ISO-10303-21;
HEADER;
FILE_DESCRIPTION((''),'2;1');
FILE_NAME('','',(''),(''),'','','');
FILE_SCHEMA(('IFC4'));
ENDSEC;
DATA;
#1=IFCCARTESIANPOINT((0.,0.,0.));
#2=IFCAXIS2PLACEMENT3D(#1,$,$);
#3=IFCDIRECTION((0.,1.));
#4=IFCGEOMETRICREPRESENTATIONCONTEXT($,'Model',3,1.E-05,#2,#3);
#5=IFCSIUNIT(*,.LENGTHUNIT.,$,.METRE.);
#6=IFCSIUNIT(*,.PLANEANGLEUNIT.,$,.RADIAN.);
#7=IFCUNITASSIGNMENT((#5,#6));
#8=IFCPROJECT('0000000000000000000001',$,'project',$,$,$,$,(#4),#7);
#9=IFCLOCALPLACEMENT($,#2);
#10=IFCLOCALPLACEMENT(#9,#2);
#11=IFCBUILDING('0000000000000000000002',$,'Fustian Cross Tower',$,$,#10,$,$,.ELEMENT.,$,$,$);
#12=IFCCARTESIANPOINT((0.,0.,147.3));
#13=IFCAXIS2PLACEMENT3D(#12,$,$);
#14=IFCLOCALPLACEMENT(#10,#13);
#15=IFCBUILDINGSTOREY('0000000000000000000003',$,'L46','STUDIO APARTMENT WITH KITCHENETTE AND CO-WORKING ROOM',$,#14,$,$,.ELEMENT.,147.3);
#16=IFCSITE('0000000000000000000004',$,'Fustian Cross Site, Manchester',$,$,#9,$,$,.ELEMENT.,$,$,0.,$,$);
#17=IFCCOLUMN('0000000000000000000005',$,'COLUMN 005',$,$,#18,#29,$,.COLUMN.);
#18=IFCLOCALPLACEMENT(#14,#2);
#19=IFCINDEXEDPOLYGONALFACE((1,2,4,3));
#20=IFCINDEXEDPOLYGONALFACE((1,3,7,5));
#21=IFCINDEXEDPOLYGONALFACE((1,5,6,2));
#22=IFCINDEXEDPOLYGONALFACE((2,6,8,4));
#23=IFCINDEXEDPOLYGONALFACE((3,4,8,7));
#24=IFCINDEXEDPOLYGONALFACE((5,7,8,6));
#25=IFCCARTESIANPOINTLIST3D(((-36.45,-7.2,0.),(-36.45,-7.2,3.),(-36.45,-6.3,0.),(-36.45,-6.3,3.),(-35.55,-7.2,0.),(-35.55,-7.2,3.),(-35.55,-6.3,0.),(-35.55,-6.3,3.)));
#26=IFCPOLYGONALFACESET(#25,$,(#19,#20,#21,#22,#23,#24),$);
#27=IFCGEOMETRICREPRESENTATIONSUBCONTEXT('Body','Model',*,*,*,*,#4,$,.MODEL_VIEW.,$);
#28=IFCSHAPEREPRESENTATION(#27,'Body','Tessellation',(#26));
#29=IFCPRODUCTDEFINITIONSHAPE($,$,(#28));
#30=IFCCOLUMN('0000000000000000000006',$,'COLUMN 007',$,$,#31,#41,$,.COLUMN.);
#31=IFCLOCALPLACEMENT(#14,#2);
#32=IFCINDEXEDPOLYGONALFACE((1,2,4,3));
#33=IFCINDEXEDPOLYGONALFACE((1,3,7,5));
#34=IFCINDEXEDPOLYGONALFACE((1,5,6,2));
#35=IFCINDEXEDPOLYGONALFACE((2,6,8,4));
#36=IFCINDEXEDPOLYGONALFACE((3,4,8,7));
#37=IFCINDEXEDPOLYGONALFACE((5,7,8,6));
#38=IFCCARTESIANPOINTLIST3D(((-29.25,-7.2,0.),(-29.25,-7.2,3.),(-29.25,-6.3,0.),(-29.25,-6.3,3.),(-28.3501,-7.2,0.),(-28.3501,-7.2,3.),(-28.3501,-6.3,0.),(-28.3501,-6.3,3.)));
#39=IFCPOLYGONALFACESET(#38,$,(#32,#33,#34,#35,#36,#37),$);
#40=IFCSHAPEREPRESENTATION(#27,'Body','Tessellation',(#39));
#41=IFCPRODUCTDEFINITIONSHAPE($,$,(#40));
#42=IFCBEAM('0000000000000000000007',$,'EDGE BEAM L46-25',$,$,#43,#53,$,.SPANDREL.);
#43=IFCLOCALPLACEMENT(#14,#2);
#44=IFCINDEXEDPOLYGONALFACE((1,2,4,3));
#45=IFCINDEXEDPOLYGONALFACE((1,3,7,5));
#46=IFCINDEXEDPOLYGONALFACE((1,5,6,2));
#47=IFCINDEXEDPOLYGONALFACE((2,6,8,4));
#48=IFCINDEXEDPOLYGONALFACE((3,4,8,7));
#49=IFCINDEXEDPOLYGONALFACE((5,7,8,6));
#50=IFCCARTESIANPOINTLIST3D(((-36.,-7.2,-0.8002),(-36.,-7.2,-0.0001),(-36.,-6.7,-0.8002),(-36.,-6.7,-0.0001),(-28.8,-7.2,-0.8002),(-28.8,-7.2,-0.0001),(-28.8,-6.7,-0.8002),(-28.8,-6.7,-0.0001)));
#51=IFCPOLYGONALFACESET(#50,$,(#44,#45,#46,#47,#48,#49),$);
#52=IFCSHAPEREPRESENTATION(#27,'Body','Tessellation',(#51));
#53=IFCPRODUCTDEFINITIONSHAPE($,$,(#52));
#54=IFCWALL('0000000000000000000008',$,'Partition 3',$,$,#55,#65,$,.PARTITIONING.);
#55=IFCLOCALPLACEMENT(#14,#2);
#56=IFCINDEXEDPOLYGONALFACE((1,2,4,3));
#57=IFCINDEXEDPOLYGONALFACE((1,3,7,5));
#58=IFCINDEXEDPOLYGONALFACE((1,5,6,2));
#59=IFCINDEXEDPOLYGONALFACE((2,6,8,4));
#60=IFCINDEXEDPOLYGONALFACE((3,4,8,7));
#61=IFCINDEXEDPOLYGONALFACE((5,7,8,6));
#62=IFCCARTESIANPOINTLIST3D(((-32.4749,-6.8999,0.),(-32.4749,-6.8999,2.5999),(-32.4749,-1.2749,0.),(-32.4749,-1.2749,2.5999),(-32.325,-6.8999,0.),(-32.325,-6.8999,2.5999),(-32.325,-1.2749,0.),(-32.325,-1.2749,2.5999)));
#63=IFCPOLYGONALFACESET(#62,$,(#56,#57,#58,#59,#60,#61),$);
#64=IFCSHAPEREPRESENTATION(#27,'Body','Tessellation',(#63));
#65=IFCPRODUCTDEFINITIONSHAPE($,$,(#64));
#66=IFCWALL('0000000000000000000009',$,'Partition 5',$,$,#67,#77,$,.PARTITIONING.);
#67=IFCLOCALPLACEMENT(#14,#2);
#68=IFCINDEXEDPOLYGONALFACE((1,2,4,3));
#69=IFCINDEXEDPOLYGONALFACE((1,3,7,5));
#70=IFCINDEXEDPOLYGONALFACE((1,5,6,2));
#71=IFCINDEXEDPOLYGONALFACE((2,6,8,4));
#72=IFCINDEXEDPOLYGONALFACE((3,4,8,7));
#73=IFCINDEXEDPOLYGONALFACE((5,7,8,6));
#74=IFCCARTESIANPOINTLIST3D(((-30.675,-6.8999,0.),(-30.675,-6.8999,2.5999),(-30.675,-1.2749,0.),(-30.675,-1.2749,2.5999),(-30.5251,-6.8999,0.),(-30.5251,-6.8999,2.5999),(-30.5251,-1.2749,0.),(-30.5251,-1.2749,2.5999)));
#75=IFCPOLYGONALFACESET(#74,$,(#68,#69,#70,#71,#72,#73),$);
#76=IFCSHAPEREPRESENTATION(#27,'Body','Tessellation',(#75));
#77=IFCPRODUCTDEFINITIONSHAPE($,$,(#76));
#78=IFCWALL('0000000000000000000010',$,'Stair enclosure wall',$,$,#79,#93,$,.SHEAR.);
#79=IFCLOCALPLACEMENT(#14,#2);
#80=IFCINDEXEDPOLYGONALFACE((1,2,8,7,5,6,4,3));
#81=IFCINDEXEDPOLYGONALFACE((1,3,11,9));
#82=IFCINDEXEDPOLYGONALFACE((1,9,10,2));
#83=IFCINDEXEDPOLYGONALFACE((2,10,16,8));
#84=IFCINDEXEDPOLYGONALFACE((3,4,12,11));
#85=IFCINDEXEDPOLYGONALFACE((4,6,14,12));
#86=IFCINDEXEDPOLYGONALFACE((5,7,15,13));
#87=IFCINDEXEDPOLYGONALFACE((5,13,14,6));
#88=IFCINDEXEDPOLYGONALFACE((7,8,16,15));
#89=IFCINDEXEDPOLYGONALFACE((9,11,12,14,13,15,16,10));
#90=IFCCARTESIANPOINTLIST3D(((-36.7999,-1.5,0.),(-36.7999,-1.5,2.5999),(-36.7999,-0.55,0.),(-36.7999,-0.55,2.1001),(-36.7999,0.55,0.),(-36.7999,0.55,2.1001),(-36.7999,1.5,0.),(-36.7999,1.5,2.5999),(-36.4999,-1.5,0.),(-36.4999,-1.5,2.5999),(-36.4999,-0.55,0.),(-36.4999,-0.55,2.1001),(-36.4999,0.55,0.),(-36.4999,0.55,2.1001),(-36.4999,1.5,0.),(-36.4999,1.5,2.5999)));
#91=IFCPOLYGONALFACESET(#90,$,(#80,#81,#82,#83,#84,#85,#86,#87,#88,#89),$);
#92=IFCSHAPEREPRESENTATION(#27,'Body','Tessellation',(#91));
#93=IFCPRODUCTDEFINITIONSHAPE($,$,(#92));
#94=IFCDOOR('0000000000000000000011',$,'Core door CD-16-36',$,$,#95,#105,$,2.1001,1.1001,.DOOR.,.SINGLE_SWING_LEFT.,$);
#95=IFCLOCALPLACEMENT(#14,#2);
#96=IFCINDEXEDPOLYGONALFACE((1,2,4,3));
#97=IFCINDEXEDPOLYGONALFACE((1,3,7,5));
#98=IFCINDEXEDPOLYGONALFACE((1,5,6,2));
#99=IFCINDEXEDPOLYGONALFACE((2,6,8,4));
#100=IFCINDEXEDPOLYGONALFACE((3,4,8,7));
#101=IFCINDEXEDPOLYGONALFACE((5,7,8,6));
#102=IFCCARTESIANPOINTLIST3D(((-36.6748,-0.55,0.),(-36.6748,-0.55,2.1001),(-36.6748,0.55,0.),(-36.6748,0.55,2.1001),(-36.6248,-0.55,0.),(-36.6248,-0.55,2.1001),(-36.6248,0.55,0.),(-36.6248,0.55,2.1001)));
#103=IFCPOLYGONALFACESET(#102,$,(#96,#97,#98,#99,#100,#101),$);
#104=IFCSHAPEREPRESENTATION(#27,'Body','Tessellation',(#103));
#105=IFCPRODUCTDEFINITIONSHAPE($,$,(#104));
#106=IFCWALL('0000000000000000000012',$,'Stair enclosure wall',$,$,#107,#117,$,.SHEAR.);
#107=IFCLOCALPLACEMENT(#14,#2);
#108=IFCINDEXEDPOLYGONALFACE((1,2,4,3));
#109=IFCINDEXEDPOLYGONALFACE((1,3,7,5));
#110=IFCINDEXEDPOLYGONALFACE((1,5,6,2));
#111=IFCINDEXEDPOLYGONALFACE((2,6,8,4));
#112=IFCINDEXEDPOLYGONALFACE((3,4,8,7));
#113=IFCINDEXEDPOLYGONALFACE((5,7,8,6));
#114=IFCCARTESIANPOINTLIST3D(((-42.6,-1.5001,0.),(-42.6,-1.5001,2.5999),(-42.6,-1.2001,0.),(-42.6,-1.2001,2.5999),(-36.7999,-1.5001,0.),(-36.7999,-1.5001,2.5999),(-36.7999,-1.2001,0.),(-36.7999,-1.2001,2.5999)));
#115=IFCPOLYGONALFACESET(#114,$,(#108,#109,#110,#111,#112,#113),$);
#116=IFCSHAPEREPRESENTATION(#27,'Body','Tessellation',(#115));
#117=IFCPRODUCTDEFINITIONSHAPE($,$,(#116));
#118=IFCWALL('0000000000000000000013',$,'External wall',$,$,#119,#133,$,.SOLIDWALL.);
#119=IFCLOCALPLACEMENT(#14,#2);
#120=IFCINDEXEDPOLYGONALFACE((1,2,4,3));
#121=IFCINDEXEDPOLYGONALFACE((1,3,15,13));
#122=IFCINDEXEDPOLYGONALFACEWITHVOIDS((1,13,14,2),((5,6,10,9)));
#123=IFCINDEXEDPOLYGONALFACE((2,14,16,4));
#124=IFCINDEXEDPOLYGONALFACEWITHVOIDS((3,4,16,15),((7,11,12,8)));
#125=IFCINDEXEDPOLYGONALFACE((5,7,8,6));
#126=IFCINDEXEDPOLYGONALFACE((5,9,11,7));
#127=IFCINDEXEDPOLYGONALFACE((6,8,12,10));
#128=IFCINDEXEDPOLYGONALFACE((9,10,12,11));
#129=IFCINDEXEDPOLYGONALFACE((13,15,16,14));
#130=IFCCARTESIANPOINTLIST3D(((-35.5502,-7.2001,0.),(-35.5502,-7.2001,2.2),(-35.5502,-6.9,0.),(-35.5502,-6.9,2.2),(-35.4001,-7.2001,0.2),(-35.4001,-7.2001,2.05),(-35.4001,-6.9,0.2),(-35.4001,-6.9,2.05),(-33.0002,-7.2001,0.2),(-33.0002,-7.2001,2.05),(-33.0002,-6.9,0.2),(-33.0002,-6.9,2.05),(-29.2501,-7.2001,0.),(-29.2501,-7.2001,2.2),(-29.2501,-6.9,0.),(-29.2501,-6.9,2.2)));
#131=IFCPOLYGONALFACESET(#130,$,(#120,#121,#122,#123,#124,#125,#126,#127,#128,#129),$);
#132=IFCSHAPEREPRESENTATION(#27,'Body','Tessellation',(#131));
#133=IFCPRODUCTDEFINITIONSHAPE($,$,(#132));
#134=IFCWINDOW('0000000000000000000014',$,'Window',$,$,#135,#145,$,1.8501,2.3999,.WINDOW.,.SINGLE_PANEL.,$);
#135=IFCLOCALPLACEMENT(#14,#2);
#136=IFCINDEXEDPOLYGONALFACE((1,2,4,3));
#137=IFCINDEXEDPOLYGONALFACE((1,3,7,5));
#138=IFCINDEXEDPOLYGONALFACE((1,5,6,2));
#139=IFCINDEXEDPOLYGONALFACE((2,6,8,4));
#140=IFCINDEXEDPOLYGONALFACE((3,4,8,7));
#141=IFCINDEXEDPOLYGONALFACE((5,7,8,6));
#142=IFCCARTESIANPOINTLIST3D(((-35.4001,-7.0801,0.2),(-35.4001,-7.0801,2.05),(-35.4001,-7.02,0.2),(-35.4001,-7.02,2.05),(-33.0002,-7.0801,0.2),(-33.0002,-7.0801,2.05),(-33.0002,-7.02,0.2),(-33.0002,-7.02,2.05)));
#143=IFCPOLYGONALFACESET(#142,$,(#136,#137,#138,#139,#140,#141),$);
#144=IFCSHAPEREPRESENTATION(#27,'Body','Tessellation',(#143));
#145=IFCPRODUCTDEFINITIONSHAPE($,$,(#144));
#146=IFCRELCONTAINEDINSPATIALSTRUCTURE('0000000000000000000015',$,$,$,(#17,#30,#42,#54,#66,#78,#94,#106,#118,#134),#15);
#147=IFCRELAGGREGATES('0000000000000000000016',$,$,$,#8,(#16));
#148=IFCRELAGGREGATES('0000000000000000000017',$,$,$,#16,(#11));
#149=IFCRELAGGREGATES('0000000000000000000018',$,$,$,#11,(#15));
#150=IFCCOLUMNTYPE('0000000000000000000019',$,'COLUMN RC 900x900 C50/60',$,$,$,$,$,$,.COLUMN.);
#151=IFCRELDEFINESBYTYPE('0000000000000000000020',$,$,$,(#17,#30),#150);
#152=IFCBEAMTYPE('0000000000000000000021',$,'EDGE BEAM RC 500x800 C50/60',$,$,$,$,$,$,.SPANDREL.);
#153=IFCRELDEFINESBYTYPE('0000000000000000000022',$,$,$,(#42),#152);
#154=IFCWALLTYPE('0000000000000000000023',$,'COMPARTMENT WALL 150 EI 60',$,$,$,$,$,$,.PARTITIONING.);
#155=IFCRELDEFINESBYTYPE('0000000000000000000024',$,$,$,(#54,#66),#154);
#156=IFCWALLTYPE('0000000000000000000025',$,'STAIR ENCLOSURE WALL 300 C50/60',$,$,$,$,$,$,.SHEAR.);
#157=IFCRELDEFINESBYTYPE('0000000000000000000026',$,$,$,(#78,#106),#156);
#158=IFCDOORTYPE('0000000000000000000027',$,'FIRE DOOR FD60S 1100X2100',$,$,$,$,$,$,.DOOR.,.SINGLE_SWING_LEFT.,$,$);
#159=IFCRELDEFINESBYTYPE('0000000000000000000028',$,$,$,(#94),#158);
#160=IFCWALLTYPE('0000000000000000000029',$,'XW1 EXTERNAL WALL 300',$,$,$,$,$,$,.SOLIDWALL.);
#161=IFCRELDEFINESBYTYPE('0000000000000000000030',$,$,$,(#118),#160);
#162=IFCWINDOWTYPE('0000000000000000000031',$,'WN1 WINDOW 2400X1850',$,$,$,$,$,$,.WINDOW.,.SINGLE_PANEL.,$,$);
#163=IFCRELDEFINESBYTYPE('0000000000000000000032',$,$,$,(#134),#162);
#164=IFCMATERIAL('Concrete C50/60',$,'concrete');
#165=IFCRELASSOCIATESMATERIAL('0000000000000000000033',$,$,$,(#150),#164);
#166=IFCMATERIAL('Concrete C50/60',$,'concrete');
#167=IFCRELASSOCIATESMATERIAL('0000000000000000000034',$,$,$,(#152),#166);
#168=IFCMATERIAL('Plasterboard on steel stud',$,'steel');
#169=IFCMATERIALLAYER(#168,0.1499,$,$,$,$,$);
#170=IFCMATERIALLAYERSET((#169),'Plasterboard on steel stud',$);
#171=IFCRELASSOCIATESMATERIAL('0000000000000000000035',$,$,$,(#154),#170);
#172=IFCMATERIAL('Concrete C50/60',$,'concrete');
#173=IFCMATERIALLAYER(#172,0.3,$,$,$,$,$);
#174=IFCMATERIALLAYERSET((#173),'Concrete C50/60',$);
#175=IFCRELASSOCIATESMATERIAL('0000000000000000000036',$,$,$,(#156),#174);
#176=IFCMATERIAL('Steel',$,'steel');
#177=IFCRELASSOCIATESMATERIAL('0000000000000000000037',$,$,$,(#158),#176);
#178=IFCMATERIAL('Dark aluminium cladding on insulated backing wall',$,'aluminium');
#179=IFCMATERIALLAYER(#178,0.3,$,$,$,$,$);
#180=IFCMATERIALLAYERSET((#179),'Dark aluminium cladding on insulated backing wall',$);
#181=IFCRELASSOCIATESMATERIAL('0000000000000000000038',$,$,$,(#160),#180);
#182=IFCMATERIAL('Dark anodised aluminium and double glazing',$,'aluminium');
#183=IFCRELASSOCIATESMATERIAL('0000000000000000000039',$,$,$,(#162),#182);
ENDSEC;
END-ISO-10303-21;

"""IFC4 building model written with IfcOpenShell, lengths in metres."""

from ifc_helpers import new_model, si_unit, direction, frame, frame_2d, origin, origin_2d, place, context, subcontext, project, spatial, rectangle, extrude, material, layer, layer_set, material_profile, profile_set, type_object, element, fill, save


model = new_model("IFC4")

# Units and contexts
model_context = context("Model", 3, precision=1e-05, world=origin(), true_north=direction((0.0, 1.0)))
body_context = subcontext(model_context, "Body", "Model", "MODEL_VIEW")
ifc_project = project(units=[si_unit("LENGTHUNIT", "METRE"), si_unit("PLANEANGLEUNIT", "RADIAN")], contexts=[model_context])

# Site, building, storey
site_placement = place(None, origin())
site = spatial("IfcSite", under=ifc_project, at=site_placement, Name="Fustian Cross Site, Manchester", CompositionType="ELEMENT", RefElevation=0.0)
building_placement = place(site_placement, origin())
building = spatial("IfcBuilding", under=site, at=building_placement, Name="Fustian Cross Tower", CompositionType="ELEMENT")
storey_placement = place(building_placement, frame((0.0, 0.0, 147.3)))
storey = spatial("IfcBuildingStorey", under=building, at=storey_placement, Name="L46", Description="STUDIO APARTMENT WITH KITCHENETTE AND CO-WORKING ROOM", CompositionType="ELEMENT", Elevation=147.3)

# Columns
ifc_material_1 = material(Name="Concrete C50/60", Category="concrete")
ifc_material_profile_1 = material_profile(ifc_material_1, rectangle(XDim=0.8999, YDim=0.8999, at=origin_2d()), Name="RC 900x900")
ifc_profile_set_1 = profile_set([ifc_material_profile_1], Name="Concrete C50/60")
column_type = type_object("IfcColumnType", Name="COLUMN RC 900x900 C50/60", PredefinedType="COLUMN", material=ifc_profile_set_1)
for number, where, z_axis, x_axis, name in (
    (1, (-36.0, -6.75, 0.0), (0.0, 0.0, 1.0), (1.0, 0.0, 0.0), "COLUMN 005"),
    (2, (-28.8, -6.75, 0.0), (0.0, 0.0, 1.0), (1.0, 0.0, 0.0), "COLUMN 007"),
):
    element("IfcColumn", number, at=place(storey_placement, frame(where, z_axis=z_axis, x_axis=x_axis)), inside=storey, type_object=column_type, Name=name, PredefinedType="COLUMN", context=body_context, shape_type="SweptSolid", body=[
        extrude(rectangle(XDim=0.8999, YDim=0.8999, at=origin_2d()), origin(), (0.0, 0.0, 1.0), 3.0),
    ])

# Beam
ifc_material_2 = material(Name="Concrete C50/60", Category="concrete")
ifc_material_profile_2 = material_profile(ifc_material_2, rectangle(XDim=0.5, YDim=0.8, at=origin_2d()), Name="RC 500x800")
ifc_profile_set_2 = profile_set([ifc_material_profile_2], Name="Concrete C50/60")
beam_type = type_object("IfcBeamType", Name="EDGE BEAM RC 500x800 C50/60", PredefinedType="SPANDREL", material=ifc_profile_set_2)
beam_placement = place(storey_placement, frame((-36.0, -6.95, -0.4001), z_axis=(1.0, 0.0, 0.0), x_axis=(0.0, 1.0, 0.0)))
element("IfcBeam", 3, at=beam_placement, inside=storey, type_object=beam_type, Name="EDGE BEAM L46-25", PredefinedType="SPANDREL", context=body_context, shape_type="SweptSolid", body=[
    extrude(rectangle(XDim=0.5, YDim=0.8, at=origin_2d()), origin(), (0.0, 0.0, 1.0), 7.2),
])

# Walls
ifc_material_3 = material(Name="Plasterboard on steel stud", Category="steel")
ifc_layer_1 = layer(ifc_material_3, 0.1499)
ifc_layer_set_1 = layer_set([ifc_layer_1], Name="Plasterboard on steel stud")
wall_type_1 = type_object("IfcWallType", Name="COMPARTMENT WALL 150 EI 60", PredefinedType="PARTITIONING", material=ifc_layer_set_1)
for number, where, z_axis, x_axis, name in (
    (4, (-32.3999, -6.8999, 0.0), (0.0, 0.0, 1.0), (0.0, 1.0, 0.0), "Partition 3"),
    (5, (-30.6001, -6.8999, 0.0), (0.0, 0.0, 1.0), (0.0, 1.0, 0.0), "Partition 5"),
):
    element("IfcWall", number, at=place(storey_placement, frame(where, z_axis=z_axis, x_axis=x_axis)), inside=storey, type_object=wall_type_1, Name=name, PredefinedType="PARTITIONING", context=body_context, shape_type="SweptSolid", body=[
        extrude(rectangle(XDim=5.625, YDim=0.1499, at=frame_2d((2.8125, 0.0))), origin(), (0.0, 0.0, 1.0), 2.5999),
    ])

# Wall, opening, door
ifc_material_4 = material(Name="Concrete C50/60", Category="concrete")
ifc_layer_2 = layer(ifc_material_4, 0.3)
ifc_layer_set_2 = layer_set([ifc_layer_2], Name="Concrete C50/60")
wall_type_2 = type_object("IfcWallType", Name="STAIR ENCLOSURE WALL 300 C50/60", PredefinedType="SHEAR", material=ifc_layer_set_2)
wall_1_placement = place(storey_placement, frame((-36.6499, -1.5, 0.0), z_axis=(0.0, 0.0, 1.0), x_axis=(0.0, 1.0, 0.0)))
wall_1 = element("IfcWall", 6, at=wall_1_placement, inside=storey, type_object=wall_type_2, Name="Stair enclosure wall", PredefinedType="SHEAR", context=body_context, shape_type="SweptSolid", body=[
    extrude(rectangle(XDim=3.0, YDim=0.3, at=frame_2d((1.5, 0.0))), origin(), (0.0, 0.0, 1.0), 2.5999),
])
opening_1_placement = place(wall_1_placement, frame((0.95, 0.0, 0.0)))
opening_1 = element("IfcOpeningElement", 7, at=opening_1_placement, cuts=wall_1, PredefinedType="OPENING", context=body_context, shape_type="SweptSolid", body=[
    extrude(rectangle(XDim=1.1001, YDim=2.1001, at=frame_2d((0.55, 1.05))), frame((0.0, 0.1599, 0.0), z_axis=(0.0, -1.0, 0.0), x_axis=(1.0, 0.0, 0.0)), (0.0, 0.0, 1.0), 0.3201),
])
ifc_material_5 = material(Name="Steel", Category="steel")
door_type = type_object("IfcDoorType", Name="FIRE DOOR FD60S 1100X2100", OperationType="SINGLE_SWING_LEFT", PredefinedType="DOOR", material=ifc_material_5)
door_placement = place(opening_1_placement, origin())
door = element("IfcDoor", 8, at=door_placement, inside=storey, type_object=door_type, Name="Core door CD-16-36", OperationType="SINGLE_SWING_LEFT", OverallHeight=2.1001, OverallWidth=1.1001, PredefinedType="DOOR", context=body_context, shape_type="SweptSolid", body=[
    extrude(rectangle(XDim=1.1001, YDim=2.1001, at=frame_2d((0.55, 1.05))), frame((0.0, 0.0249, 0.0), z_axis=(0.0, -1.0, 0.0), x_axis=(1.0, 0.0, 0.0)), (0.0, 0.0, 1.0), 0.05),
])
fill(opening_1, door)

# Wall
wall_2_placement = place(storey_placement, frame((-36.8, -1.3501, 0.0), z_axis=(0.0, 0.0, 1.0), x_axis=(-1.0, 0.0, 0.0)))
element("IfcWall", 9, at=wall_2_placement, inside=storey, type_object=wall_type_2, Name="Stair enclosure wall", PredefinedType="SHEAR", context=body_context, shape_type="SweptSolid", body=[
    extrude(rectangle(XDim=5.8, YDim=0.3, at=frame_2d((2.8999, 0.0))), origin(), (0.0, 0.0, 1.0), 2.5999),
])

# Wall, opening, window
ifc_material_6 = material(Name="Dark aluminium cladding on insulated backing wall", Category="aluminium")
ifc_layer_3 = layer(ifc_material_6, 0.3)
ifc_layer_set_3 = layer_set([ifc_layer_3], Name="Dark aluminium cladding on insulated backing wall")
wall_type_3 = type_object("IfcWallType", Name="XW1 EXTERNAL WALL 300", PredefinedType="SOLIDWALL", material=ifc_layer_set_3)
wall_3_placement = place(storey_placement, frame((-35.55, -7.05, 0.0), z_axis=(0.0, 0.0, 1.0), x_axis=(1.0, 0.0, 0.0)))
wall_3 = element("IfcWall", 10, at=wall_3_placement, inside=storey, type_object=wall_type_3, Name="External wall", PredefinedType="SOLIDWALL", context=body_context, shape_type="SweptSolid", body=[
    extrude(rectangle(XDim=6.3, YDim=0.3, at=frame_2d((3.1499, 0.0))), origin(), (0.0, 0.0, 1.0), 2.2),
])
opening_2_placement = place(wall_3_placement, frame((0.1499, 0.0, 0.2)))
opening_2 = element("IfcOpeningElement", 11, at=opening_2_placement, cuts=wall_3, PredefinedType="OPENING", context=body_context, shape_type="SweptSolid", body=[
    extrude(rectangle(XDim=2.3999, YDim=1.8501, at=frame_2d((1.2, 0.925))), frame((0.0, 0.1599, 0.0), z_axis=(0.0, -1.0, 0.0), x_axis=(1.0, 0.0, 0.0)), (0.0, 0.0, 1.0), 0.3201),
])
ifc_material_7 = material(Name="Dark anodised aluminium and double glazing", Category="aluminium")
window_type = type_object("IfcWindowType", Name="WN1 WINDOW 2400X1850", PartitioningType="SINGLE_PANEL", PredefinedType="WINDOW", material=ifc_material_7)
window_placement = place(opening_2_placement, origin())
window = element("IfcWindow", 12, at=window_placement, inside=storey, type_object=window_type, Name="Window", OverallHeight=1.8501, OverallWidth=2.3999, PartitioningType="SINGLE_PANEL", PredefinedType="WINDOW", context=body_context, shape_type="SweptSolid", body=[
    extrude(rectangle(XDim=2.3999, YDim=1.8501, at=frame_2d((1.2, 0.925))), frame((0.0, 0.03, 0.0), z_axis=(0.0, -1.0, 0.0), x_axis=(1.0, 0.0, 0.0)), (0.0, 0.0, 1.0), 0.0601),
])
fill(opening_2, window)

save(model, "model.ifc")
